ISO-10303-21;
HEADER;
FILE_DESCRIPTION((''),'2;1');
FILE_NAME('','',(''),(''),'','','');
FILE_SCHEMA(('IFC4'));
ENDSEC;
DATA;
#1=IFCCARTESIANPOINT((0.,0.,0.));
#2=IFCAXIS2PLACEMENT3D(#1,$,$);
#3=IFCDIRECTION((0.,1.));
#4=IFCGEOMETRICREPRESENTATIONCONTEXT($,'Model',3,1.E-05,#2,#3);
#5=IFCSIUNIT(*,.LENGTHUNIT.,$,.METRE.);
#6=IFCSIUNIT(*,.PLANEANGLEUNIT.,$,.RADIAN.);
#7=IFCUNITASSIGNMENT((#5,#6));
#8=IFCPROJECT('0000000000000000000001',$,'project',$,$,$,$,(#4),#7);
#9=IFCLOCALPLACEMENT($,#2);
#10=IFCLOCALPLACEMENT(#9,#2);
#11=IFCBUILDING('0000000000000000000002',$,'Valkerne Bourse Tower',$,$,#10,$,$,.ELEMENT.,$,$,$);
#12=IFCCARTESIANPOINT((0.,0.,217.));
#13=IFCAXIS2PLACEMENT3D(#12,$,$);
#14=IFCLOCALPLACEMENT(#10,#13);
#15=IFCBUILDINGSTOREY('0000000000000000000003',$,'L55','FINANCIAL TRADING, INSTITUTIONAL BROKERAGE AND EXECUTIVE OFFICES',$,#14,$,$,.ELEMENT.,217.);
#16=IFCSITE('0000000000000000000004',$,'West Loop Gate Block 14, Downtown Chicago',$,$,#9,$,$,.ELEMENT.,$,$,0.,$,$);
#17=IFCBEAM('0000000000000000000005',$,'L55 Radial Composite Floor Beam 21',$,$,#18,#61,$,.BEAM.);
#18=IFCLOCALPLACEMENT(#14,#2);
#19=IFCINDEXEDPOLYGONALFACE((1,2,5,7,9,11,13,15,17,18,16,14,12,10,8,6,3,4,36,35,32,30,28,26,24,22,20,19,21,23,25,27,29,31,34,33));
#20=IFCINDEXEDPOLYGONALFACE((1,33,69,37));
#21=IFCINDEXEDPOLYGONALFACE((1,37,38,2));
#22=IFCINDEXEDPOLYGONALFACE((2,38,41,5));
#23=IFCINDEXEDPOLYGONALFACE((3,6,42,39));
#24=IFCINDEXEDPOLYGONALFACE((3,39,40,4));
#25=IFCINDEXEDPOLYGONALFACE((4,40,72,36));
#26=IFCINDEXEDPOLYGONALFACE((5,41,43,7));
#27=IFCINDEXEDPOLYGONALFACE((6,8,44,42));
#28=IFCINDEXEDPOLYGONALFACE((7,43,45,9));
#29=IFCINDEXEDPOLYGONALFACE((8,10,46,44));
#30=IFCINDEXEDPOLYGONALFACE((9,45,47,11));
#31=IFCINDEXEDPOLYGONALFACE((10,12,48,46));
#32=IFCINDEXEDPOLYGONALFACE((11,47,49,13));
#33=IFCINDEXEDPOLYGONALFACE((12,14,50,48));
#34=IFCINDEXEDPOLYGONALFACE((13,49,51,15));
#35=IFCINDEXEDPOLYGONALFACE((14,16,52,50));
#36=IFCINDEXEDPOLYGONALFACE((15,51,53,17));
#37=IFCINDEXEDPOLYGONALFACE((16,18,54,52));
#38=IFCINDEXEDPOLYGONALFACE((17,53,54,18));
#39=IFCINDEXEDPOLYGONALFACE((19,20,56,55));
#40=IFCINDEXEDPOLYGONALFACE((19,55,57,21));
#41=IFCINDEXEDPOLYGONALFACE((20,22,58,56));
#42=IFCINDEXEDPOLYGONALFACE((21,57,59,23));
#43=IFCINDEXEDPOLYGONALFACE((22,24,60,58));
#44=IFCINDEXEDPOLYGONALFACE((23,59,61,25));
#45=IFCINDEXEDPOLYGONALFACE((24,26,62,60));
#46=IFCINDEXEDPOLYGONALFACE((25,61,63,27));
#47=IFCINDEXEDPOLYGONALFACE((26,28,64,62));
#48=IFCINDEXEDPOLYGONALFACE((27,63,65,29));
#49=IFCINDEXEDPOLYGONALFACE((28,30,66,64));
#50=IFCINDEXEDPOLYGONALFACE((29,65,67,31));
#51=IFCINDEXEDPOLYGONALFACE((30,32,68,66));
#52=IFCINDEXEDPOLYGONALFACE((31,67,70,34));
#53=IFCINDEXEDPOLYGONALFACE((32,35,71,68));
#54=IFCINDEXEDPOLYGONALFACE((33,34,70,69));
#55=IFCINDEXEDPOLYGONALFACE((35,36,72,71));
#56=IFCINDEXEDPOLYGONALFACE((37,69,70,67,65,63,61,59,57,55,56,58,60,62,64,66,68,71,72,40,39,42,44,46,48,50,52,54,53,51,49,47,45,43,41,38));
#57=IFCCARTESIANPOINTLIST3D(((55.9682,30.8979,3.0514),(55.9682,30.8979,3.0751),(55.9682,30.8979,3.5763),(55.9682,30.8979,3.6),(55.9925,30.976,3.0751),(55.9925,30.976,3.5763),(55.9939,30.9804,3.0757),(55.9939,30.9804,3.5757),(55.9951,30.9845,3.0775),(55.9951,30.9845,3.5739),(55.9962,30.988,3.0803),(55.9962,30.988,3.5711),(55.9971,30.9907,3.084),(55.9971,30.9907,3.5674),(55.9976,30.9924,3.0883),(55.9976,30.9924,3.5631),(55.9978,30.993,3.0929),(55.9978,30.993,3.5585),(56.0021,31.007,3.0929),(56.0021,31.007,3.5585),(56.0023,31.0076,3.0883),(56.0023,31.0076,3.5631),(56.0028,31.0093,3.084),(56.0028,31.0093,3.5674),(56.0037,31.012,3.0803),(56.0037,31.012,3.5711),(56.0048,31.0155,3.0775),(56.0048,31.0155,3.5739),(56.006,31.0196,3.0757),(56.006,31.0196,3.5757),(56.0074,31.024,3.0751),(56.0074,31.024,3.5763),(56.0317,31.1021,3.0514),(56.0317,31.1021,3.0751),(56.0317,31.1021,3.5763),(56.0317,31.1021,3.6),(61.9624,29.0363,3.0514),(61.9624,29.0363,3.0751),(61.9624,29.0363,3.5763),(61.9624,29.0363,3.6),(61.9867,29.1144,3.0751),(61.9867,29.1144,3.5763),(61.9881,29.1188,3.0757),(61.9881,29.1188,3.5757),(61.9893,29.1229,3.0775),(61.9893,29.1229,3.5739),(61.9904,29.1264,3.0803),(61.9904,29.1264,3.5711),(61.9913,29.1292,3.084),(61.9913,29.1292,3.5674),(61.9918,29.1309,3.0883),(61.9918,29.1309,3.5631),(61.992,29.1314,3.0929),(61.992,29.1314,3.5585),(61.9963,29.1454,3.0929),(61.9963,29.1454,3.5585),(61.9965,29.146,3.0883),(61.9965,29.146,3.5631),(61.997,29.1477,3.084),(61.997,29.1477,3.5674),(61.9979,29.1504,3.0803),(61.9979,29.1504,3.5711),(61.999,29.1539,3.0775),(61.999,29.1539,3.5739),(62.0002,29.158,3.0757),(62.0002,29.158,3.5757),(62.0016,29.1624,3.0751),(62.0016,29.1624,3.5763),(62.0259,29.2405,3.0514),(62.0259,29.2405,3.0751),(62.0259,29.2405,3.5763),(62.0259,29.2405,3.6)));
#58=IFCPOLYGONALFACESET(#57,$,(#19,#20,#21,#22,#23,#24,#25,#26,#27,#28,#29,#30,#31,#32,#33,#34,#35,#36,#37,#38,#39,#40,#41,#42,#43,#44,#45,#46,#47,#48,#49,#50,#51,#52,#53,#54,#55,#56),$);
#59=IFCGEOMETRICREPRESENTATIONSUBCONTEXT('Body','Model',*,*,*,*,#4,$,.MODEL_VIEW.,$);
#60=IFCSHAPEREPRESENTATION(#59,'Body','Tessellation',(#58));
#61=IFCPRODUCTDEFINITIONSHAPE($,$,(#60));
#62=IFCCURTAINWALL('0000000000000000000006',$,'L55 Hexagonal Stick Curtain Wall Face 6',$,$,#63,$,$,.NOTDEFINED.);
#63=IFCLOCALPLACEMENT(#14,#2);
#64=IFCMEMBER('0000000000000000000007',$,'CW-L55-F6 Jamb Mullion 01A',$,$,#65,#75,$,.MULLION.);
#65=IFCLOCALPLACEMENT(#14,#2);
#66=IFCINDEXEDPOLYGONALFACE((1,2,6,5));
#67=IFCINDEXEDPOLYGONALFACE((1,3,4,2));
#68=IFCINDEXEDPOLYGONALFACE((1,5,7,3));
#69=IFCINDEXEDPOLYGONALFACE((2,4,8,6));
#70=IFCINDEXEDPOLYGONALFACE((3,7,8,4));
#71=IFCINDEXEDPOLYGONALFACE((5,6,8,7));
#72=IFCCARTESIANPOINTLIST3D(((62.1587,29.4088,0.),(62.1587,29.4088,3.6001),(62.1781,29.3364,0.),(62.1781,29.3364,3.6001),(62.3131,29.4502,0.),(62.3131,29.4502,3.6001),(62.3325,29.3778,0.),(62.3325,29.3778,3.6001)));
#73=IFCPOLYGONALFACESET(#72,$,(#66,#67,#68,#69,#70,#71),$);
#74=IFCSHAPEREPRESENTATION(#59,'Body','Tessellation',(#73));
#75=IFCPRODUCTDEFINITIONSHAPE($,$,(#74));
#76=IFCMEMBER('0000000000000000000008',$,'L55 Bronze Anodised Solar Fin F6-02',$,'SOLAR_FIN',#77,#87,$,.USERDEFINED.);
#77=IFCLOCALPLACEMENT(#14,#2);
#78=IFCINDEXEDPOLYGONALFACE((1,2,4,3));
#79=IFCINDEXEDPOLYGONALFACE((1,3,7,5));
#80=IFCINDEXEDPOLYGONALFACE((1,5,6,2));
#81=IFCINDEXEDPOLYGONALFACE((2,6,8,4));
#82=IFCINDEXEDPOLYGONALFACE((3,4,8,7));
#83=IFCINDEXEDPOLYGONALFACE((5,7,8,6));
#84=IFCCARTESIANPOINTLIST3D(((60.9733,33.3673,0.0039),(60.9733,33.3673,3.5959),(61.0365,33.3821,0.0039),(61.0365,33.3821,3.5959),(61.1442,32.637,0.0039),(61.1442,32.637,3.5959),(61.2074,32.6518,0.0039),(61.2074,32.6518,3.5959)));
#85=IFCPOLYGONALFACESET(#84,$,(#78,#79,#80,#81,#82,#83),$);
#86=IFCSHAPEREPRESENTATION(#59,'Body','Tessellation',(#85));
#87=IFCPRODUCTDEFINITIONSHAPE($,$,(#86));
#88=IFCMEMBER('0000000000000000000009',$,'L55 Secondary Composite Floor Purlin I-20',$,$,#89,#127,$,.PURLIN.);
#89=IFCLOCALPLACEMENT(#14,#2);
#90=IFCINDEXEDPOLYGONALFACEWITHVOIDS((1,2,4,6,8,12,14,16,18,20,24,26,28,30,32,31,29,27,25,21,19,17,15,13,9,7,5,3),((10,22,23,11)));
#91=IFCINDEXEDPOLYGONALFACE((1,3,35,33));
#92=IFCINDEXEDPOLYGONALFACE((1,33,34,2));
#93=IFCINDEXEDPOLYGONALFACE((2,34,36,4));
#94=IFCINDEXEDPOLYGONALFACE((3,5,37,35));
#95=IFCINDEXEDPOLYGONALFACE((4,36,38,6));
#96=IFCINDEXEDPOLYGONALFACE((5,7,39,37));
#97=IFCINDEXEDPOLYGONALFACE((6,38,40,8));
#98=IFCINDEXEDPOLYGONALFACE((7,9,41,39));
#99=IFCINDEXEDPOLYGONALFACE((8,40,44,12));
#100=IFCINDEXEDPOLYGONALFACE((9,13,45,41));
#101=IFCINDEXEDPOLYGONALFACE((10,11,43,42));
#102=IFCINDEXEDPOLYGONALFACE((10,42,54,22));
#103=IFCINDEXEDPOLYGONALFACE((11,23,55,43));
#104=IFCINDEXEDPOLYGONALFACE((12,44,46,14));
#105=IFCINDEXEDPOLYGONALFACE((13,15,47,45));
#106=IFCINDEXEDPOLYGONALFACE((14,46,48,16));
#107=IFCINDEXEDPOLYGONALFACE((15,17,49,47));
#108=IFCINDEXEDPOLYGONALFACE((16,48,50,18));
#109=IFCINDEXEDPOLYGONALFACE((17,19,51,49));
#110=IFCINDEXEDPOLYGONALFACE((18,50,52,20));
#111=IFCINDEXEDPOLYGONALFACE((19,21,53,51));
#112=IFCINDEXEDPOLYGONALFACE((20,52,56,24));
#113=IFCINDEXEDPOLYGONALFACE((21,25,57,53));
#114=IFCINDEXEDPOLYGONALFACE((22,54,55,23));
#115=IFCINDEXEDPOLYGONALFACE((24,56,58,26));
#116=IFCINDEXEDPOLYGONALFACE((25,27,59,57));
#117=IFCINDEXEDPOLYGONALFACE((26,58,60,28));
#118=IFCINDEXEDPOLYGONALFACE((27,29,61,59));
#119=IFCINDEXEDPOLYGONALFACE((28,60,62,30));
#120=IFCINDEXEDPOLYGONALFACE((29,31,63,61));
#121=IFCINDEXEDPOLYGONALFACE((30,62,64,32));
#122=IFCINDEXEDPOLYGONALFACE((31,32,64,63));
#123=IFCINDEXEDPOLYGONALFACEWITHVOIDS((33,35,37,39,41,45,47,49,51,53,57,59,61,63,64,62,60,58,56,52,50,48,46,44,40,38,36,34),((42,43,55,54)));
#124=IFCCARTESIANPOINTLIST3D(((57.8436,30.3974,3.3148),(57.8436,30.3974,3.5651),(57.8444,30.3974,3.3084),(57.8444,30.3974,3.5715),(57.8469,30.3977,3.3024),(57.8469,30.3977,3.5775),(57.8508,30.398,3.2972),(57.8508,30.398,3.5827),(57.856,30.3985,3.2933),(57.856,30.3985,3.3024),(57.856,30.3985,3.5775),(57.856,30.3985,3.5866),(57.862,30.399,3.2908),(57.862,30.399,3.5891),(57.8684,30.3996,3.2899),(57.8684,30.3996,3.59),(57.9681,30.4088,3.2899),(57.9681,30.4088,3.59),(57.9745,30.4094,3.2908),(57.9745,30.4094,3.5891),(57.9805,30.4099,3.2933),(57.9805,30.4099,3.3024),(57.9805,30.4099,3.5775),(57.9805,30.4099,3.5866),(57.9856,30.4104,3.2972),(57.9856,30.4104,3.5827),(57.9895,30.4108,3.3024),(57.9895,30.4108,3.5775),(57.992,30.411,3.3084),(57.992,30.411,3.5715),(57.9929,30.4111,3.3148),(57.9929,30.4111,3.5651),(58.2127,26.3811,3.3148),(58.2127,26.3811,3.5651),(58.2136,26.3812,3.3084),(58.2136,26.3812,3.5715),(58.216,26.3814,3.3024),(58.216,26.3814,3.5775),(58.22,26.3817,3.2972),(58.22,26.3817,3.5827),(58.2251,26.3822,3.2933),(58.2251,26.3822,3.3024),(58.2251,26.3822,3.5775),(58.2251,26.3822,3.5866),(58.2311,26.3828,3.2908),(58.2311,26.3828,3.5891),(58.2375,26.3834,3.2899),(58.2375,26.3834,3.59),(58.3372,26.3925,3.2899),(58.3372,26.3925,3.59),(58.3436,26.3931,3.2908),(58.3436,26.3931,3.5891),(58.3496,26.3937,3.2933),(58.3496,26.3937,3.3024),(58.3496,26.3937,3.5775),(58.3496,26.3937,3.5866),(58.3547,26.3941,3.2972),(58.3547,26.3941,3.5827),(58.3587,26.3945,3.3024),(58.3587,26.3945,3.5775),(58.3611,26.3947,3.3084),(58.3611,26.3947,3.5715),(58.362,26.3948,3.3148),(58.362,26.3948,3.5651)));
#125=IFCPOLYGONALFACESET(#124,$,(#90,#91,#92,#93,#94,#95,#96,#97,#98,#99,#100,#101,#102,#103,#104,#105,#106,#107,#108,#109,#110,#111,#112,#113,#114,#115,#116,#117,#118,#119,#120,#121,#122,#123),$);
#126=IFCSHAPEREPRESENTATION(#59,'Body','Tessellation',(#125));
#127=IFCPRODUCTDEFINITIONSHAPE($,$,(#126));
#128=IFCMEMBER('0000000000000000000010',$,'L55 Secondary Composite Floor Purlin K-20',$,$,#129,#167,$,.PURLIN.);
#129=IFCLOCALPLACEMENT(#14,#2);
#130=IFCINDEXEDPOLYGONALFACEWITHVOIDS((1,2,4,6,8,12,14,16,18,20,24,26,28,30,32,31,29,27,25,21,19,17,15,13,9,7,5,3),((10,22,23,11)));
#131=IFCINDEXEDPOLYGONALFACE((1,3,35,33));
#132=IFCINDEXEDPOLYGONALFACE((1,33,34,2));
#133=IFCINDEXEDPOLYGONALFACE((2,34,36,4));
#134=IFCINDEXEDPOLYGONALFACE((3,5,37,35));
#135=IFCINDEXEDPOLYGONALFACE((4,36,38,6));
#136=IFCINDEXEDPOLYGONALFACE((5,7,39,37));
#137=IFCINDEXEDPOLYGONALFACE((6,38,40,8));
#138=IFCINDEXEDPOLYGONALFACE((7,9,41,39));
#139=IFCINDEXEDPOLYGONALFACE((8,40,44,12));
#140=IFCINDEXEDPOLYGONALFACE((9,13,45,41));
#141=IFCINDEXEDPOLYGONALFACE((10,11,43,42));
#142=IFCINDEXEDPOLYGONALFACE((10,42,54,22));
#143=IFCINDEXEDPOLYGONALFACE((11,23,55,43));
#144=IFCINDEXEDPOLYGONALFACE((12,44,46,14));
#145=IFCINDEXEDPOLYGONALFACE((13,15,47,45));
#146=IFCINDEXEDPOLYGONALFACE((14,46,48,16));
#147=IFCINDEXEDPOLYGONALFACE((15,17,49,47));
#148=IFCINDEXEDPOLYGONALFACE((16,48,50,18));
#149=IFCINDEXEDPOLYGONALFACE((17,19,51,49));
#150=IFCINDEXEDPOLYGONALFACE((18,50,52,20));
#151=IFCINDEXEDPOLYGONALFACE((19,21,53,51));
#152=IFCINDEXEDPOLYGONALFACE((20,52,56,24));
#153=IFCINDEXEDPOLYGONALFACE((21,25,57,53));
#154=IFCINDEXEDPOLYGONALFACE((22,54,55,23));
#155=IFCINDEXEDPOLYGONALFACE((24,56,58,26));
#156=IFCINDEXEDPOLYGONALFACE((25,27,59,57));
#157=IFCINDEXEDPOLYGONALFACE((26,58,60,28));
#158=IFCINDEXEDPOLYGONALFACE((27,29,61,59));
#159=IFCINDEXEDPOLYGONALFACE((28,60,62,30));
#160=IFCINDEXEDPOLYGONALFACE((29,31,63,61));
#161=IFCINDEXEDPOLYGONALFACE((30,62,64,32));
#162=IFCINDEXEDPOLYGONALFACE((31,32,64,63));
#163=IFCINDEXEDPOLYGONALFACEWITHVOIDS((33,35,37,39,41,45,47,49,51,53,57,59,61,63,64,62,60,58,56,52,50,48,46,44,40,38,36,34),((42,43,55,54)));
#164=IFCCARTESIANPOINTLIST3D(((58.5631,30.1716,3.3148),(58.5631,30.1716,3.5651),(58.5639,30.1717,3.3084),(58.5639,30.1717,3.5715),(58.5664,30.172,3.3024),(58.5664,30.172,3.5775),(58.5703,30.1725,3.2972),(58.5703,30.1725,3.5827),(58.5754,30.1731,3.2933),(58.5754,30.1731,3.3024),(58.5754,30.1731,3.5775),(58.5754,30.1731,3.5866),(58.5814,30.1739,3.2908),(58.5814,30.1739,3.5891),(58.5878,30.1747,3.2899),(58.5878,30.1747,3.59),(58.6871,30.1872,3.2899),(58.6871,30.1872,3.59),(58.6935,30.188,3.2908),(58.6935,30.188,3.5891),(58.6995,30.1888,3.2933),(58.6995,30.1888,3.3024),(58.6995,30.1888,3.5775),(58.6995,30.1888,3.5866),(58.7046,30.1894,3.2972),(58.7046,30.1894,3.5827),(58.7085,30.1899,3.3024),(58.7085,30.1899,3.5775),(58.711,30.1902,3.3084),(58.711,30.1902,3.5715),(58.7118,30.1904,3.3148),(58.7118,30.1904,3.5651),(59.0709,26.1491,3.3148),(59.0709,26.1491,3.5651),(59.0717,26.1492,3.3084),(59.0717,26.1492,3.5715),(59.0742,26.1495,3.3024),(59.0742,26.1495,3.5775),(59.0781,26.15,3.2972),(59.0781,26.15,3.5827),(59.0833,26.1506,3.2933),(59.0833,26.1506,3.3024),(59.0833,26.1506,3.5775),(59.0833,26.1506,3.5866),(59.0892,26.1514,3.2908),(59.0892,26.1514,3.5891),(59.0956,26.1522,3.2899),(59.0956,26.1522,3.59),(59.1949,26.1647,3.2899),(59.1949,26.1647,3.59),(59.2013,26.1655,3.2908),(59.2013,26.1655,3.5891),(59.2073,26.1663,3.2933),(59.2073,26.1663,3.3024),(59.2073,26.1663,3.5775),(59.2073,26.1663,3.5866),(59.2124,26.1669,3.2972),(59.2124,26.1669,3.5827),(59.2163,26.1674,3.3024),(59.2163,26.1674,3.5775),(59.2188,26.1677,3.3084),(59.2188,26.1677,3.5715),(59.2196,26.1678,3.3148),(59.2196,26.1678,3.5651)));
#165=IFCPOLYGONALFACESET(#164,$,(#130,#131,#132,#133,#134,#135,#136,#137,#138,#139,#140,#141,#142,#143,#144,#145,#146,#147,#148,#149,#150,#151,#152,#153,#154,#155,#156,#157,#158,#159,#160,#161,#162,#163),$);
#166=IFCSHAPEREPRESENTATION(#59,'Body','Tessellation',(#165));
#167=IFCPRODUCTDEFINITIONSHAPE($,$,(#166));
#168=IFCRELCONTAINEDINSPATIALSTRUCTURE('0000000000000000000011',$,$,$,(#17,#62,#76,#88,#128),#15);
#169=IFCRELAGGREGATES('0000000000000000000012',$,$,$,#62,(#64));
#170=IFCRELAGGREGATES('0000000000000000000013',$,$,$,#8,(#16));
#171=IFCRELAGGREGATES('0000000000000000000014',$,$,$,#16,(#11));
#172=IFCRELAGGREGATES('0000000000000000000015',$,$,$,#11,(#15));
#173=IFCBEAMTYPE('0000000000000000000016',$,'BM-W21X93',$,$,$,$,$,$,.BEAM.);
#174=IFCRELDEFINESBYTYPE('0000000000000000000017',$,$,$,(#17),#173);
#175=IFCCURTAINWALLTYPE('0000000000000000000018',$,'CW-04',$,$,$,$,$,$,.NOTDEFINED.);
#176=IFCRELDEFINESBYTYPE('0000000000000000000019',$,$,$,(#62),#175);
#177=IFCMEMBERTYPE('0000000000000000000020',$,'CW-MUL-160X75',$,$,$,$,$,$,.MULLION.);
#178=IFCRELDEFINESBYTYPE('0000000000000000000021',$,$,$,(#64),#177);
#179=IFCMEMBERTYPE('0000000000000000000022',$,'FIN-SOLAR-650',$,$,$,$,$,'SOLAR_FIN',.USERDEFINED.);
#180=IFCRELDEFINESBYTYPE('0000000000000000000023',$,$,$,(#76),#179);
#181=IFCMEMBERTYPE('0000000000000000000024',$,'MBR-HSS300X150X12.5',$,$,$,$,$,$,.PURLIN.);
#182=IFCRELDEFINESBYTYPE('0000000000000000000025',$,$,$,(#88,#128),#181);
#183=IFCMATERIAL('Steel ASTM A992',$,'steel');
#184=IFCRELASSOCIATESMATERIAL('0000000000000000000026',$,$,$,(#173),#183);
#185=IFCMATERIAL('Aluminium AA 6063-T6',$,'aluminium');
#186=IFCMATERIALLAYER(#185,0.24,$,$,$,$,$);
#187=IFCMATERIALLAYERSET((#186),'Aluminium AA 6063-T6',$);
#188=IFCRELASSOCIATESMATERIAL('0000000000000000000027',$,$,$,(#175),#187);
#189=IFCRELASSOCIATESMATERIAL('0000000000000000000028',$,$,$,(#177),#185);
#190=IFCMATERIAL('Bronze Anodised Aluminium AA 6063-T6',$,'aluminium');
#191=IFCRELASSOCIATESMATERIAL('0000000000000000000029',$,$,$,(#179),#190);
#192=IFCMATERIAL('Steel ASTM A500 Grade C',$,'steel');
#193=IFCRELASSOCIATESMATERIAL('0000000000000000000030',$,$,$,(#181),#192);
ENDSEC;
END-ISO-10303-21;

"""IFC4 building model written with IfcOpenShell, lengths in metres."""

from ifc_helpers import new_model, si_unit, direction, frame, origin, origin_2d, place, context, subcontext, project, spatial, rectangle, hollow_rectangle, i_section, extrude, material, layer, layer_set, material_profile, profile_set, type_object, element, aggregate, save


model = new_model("IFC4")

# Units and contexts
model_context = context("Model", 3, precision=1e-05, world=origin(), true_north=direction((0.0, 1.0)))
body_context = subcontext(model_context, "Body", "Model", "MODEL_VIEW")
ifc_project = project(units=[si_unit("LENGTHUNIT", "METRE"), si_unit("PLANEANGLEUNIT", "RADIAN")], contexts=[model_context])

# Site, building, storey
site_placement = place(None, origin())
site = spatial("IfcSite", under=ifc_project, at=site_placement, Name="West Loop Gate Block 14, Downtown Chicago", CompositionType="ELEMENT", RefElevation=0.0)
building_placement = place(site_placement, origin())
building = spatial("IfcBuilding", under=site, at=building_placement, Name="Valkerne Bourse Tower", CompositionType="ELEMENT")
storey_placement = place(building_placement, frame((0.0, 0.0, 217.0)))
storey = spatial("IfcBuildingStorey", under=building, at=storey_placement, Name="L55", Description="FINANCIAL TRADING, INSTITUTIONAL BROKERAGE AND EXECUTIVE OFFICES", CompositionType="ELEMENT", Elevation=217.0)

# Beam
ifc_material_1 = material(Name="Steel ASTM A992", Category="steel")
ifc_material_profile_1 = material_profile(ifc_material_1, i_section(OverallWidth=0.2139, OverallDepth=0.5486, WebThickness=0.0146, FlangeThickness=0.0237, FilletRadius=0.0178, at=origin_2d()), Name="W21X93")
ifc_profile_set_1 = profile_set([ifc_material_profile_1], Name="Steel ASTM A992")
beam_type_1 = type_object("IfcBeamType", Name="BM-W21X93", PredefinedType="BEAM", material=ifc_profile_set_1)
beam_1_placement = place(storey_placement, frame((61.9941, 29.1384, 3.3257), z_axis=(-0.955005, 0.296591, 0.0), x_axis=(-0.296591, -0.955005, 0.0)))
element("IfcBeam", 1, at=beam_1_placement, inside=storey, type_object=beam_type_1, Name="L55 Radial Composite Floor Beam 21", PredefinedType="BEAM", context=body_context, shape_type="SweptSolid", body=[
    extrude(i_section(OverallWidth=0.2139, OverallDepth=0.5486, WebThickness=0.0146, FlangeThickness=0.0237, FilletRadius=0.0178, at=origin_2d()), origin(), (0.0, 0.0, 1.0), 6.2766),
])

# Curtain wall, member
ifc_material_2 = material(Name="Aluminium AA 6063-T6", Category="aluminium")
ifc_layer_1 = layer(ifc_material_2, 0.24)
ifc_layer_set_1 = layer_set([ifc_layer_1], Name="Aluminium AA 6063-T6")
curtain_wall_type = type_object("IfcCurtainWallType", Name="CW-04", PredefinedType="NOTDEFINED", material=ifc_layer_set_1)
curtain_wall_placement = place(storey_placement, origin())
curtain_wall = element("IfcCurtainWall", 2, at=curtain_wall_placement, inside=storey, type_object=curtain_wall_type, Name="L55 Hexagonal Stick Curtain Wall Face 6", PredefinedType="NOTDEFINED")
ifc_material_profile_2 = material_profile(ifc_material_2, rectangle(XDim=0.075, YDim=0.1599, at=origin_2d()), Name="CWM-75X160")
ifc_profile_set_2 = profile_set([ifc_material_profile_2], Name="Aluminium AA 6063-T6")
member_type_1 = type_object("IfcMemberType", Name="CW-MUL-160X75", PredefinedType="MULLION", material=ifc_profile_set_2)
member_1_placement = place(storey_placement, frame((62.2456, 29.3933, 0.0), z_axis=(0.0, 0.0, 1.0), x_axis=(-0.258808, 0.965929, 0.0)))
member_1 = element("IfcMember", 3, at=member_1_placement, type_object=member_type_1, Name="CW-L55-F6 Jamb Mullion 01A", PredefinedType="MULLION", context=body_context, shape_type="SweptSolid", body=[
    extrude(rectangle(XDim=0.075, YDim=0.1599, at=origin_2d()), origin(), (0.0, 0.0, 1.0), 3.6001),
])

# Members
ifc_material_3 = material(Name="Bronze Anodised Aluminium AA 6063-T6", Category="aluminium")
ifc_material_profile_3 = material_profile(ifc_material_3, rectangle(XDim=0.0649, YDim=0.75, at=origin_2d()), Name="FIN-65X750")
ifc_profile_set_3 = profile_set([ifc_material_profile_3], Name="Bronze Anodised Aluminium AA 6063-T6")
member_type_2 = type_object("IfcMemberType", Name="FIN-SOLAR-650", ElementType="SOLAR_FIN", PredefinedType="USERDEFINED", material=ifc_profile_set_3)
member_2_placement = place(storey_placement, frame((61.0903, 33.0095, 0.0039), z_axis=(0.0, 0.0, 1.0), x_axis=(0.973685, 0.227899, 0.0)))
element("IfcMember", 4, at=member_2_placement, inside=storey, type_object=member_type_2, Name="L55 Bronze Anodised Solar Fin F6-02", ObjectType="SOLAR_FIN", PredefinedType="USERDEFINED", context=body_context, shape_type="SweptSolid", body=[
    extrude(rectangle(XDim=0.0649, YDim=0.75, at=origin_2d()), origin(), (0.0, 0.0, 1.0), 3.592),
])
ifc_material_4 = material(Name="Steel ASTM A500 Grade C", Category="steel")
ifc_material_profile_4 = material_profile(ifc_material_4, hollow_rectangle(XDim=0.1499, YDim=0.3, WallThickness=0.0125, OuterFilletRadius=0.0249, at=origin_2d()), Name="HSS300X150X12.5")
ifc_profile_set_4 = profile_set([ifc_material_profile_4], Name="Steel ASTM A500 Grade C")
member_type_3 = type_object("IfcMemberType", Name="MBR-HSS300X150X12.5", PredefinedType="PURLIN", material=ifc_profile_set_4)
member_3_placement = place(storey_placement, frame((58.2874, 26.3879, 3.4399), z_axis=(-0.091524, 0.995803, 0.0), x_axis=(-0.995803, -0.091524, 0.0)))
element("IfcMember", 5, at=member_3_placement, inside=storey, type_object=member_type_3, Name="L55 Secondary Composite Floor Purlin I-20", PredefinedType="PURLIN", context=body_context, shape_type="SweptSolid", body=[
    extrude(hollow_rectangle(XDim=0.1499, YDim=0.3, WallThickness=0.0125, OuterFilletRadius=0.0249, at=origin_2d()), origin(), (0.0, 0.0, 1.0), 4.0332),
])
member_4_placement = place(storey_placement, frame((59.1453, 26.1584, 3.4399), z_axis=(-0.12525, 0.992125, 0.0), x_axis=(-0.992125, -0.12525, 0.0)))
element("IfcMember", 6, at=member_4_placement, inside=storey, type_object=member_type_3, Name="L55 Secondary Composite Floor Purlin K-20", PredefinedType="PURLIN", context=body_context, shape_type="SweptSolid", body=[
    extrude(hollow_rectangle(XDim=0.1499, YDim=0.3, WallThickness=0.0125, OuterFilletRadius=0.0249, at=origin_2d()), origin(), (0.0, 0.0, 1.0), 4.0544),
])

aggregate(curtain_wall, [member_1])

save(model, "model.ifc")
